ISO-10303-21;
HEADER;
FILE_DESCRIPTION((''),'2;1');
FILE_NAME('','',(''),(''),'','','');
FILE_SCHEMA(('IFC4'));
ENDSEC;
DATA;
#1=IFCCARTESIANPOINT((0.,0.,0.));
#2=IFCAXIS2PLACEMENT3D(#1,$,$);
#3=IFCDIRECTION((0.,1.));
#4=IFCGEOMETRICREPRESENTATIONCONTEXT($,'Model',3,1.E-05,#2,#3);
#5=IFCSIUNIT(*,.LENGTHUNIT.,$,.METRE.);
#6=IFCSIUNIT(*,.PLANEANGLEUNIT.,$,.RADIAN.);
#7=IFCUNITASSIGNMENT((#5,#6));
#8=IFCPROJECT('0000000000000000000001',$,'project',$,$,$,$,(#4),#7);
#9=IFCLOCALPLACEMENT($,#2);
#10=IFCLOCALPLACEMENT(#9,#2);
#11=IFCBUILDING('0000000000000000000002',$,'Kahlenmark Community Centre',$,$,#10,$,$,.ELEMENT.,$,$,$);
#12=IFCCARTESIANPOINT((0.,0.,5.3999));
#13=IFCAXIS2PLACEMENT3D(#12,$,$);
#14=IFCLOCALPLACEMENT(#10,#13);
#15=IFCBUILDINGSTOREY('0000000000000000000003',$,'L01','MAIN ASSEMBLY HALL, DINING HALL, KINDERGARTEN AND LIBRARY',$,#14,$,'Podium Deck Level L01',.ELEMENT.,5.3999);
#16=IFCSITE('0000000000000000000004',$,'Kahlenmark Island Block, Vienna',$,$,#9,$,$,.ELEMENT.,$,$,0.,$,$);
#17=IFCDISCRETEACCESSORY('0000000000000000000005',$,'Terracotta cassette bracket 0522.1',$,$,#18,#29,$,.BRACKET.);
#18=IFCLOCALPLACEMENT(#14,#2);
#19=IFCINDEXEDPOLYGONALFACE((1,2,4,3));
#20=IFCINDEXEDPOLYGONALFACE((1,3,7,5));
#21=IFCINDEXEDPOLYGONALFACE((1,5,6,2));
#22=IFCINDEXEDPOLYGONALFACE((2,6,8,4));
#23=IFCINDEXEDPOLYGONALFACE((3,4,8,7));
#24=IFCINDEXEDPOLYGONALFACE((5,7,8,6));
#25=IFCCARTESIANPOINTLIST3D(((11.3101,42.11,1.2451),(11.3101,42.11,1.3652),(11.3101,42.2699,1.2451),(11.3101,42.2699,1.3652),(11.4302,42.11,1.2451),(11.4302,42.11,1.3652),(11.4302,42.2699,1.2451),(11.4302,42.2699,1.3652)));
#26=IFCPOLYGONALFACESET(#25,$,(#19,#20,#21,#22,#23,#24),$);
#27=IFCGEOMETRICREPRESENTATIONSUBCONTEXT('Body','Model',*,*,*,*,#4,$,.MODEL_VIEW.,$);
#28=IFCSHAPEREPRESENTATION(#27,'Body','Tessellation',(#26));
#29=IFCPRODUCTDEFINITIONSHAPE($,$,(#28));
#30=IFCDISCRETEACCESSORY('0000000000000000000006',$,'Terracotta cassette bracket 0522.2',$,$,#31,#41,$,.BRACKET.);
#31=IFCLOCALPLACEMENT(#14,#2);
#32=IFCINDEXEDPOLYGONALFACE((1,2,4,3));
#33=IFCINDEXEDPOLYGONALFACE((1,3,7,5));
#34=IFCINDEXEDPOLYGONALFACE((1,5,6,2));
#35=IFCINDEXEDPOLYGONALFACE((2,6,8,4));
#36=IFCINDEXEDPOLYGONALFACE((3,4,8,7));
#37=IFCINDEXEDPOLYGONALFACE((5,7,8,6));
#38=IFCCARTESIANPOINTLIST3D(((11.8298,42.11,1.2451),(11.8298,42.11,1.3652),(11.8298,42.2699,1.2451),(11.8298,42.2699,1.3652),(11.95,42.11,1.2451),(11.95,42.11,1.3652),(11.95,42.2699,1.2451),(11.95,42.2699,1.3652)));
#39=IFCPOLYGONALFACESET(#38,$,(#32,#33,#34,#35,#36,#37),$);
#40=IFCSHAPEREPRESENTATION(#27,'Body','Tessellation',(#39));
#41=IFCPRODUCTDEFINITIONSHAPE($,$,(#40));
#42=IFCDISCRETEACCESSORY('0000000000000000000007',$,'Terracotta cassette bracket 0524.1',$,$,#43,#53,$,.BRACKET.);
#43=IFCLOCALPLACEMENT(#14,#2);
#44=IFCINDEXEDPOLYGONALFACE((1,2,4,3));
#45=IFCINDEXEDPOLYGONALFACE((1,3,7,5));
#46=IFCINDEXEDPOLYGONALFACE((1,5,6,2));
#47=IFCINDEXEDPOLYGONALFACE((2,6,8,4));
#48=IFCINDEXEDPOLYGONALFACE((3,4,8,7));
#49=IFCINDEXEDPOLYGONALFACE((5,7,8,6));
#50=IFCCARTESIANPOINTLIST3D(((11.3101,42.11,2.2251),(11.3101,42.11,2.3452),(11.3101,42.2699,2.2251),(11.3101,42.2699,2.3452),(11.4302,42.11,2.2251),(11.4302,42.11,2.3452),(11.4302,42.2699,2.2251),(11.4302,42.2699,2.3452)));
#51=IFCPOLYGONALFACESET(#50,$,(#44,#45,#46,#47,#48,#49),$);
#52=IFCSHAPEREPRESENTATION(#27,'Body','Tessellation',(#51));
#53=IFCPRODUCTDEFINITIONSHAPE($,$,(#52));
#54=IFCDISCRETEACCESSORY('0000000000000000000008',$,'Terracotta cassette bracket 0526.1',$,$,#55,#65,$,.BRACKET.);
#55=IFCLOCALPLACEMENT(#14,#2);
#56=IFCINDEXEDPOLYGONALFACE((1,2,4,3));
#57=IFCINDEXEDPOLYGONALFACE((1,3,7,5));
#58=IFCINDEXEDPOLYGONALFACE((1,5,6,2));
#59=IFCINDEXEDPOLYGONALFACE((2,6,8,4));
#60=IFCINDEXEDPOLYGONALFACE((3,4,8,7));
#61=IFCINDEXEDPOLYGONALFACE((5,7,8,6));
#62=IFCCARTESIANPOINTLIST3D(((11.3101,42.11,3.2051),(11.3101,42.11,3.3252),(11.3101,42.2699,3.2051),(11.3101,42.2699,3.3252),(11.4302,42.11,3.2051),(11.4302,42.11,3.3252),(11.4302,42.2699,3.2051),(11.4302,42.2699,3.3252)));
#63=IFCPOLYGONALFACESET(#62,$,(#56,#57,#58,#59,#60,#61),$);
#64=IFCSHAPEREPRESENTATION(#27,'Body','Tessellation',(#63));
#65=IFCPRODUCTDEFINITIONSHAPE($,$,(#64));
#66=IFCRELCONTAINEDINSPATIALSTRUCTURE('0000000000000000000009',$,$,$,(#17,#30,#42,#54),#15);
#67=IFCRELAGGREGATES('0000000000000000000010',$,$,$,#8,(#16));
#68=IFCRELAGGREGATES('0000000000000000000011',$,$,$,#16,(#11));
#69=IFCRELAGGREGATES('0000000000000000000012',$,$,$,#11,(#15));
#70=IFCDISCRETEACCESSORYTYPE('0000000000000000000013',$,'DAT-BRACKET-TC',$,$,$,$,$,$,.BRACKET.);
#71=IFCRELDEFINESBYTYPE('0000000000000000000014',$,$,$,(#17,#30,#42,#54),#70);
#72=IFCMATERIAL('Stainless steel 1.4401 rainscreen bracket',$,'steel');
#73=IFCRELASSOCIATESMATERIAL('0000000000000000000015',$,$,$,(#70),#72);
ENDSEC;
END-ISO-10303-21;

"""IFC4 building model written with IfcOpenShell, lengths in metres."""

from ifc_helpers import new_model, si_unit, direction, frame, origin, origin_2d, place, context, subcontext, project, spatial, rectangle, extrude, material, type_object, element, save


model = new_model("IFC4")

# Units and contexts
model_context = context("Model", 3, precision=1e-05, world=origin(), true_north=direction((0.0, 1.0)))
body_context = subcontext(model_context, "Body", "Model", "MODEL_VIEW")
ifc_project = project(units=[si_unit("LENGTHUNIT", "METRE"), si_unit("PLANEANGLEUNIT", "RADIAN")], contexts=[model_context])

# Site, building, storey
site_placement = place(None, origin())
site = spatial("IfcSite", under=ifc_project, at=site_placement, Name="Kahlenmark Island Block, Vienna", CompositionType="ELEMENT", RefElevation=0.0)
building_placement = place(site_placement, origin())
building = spatial("IfcBuilding", under=site, at=building_placement, Name="Kahlenmark Community Centre", CompositionType="ELEMENT")
storey_placement = place(building_placement, frame((0.0, 0.0, 5.3999)))
storey = spatial("IfcBuildingStorey", under=building, at=storey_placement, Name="L01", Description="MAIN ASSEMBLY HALL, DINING HALL, KINDERGARTEN AND LIBRARY", LongName="Podium Deck Level L01", CompositionType="ELEMENT", Elevation=5.3999)

# Discrete accessories
ifc_material_1 = material(Name="Stainless steel 1.4401 rainscreen bracket", Category="steel")
discrete_accessory_type = type_object("IfcDiscreteAccessoryType", Name="DAT-BRACKET-TC", PredefinedType="BRACKET", material=ifc_material_1)
for number, where, z_axis, x_axis, name in (
    (1, (11.3701, 42.1899, 1.2451), (0.0, 0.0, 1.0), (1.0, 0.0, 0.0), "Terracotta cassette bracket 0522.1"),
    (2, (11.8899, 42.1899, 1.2451), (0.0, 0.0, 1.0), (1.0, 0.0, 0.0), "Terracotta cassette bracket 0522.2"),
    (3, (11.3701, 42.1899, 2.2251), (0.0, 0.0, 1.0), (1.0, 0.0, 0.0), "Terracotta cassette bracket 0524.1"),
    (4, (11.3701, 42.1899, 3.2051), (0.0, 0.0, 1.0), (1.0, 0.0, 0.0), "Terracotta cassette bracket 0526.1"),
):
    element("IfcDiscreteAccessory", number, at=place(storey_placement, frame(where, z_axis=z_axis, x_axis=x_axis)), inside=storey, type_object=discrete_accessory_type, Name=name, PredefinedType="BRACKET", context=body_context, shape_type="SweptSolid", body=[
        extrude(rectangle(XDim=0.1201, YDim=0.1599, at=origin_2d()), origin(), (0.0, 0.0, 1.0), 0.1201),
    ])

save(model, "model.ifc")
